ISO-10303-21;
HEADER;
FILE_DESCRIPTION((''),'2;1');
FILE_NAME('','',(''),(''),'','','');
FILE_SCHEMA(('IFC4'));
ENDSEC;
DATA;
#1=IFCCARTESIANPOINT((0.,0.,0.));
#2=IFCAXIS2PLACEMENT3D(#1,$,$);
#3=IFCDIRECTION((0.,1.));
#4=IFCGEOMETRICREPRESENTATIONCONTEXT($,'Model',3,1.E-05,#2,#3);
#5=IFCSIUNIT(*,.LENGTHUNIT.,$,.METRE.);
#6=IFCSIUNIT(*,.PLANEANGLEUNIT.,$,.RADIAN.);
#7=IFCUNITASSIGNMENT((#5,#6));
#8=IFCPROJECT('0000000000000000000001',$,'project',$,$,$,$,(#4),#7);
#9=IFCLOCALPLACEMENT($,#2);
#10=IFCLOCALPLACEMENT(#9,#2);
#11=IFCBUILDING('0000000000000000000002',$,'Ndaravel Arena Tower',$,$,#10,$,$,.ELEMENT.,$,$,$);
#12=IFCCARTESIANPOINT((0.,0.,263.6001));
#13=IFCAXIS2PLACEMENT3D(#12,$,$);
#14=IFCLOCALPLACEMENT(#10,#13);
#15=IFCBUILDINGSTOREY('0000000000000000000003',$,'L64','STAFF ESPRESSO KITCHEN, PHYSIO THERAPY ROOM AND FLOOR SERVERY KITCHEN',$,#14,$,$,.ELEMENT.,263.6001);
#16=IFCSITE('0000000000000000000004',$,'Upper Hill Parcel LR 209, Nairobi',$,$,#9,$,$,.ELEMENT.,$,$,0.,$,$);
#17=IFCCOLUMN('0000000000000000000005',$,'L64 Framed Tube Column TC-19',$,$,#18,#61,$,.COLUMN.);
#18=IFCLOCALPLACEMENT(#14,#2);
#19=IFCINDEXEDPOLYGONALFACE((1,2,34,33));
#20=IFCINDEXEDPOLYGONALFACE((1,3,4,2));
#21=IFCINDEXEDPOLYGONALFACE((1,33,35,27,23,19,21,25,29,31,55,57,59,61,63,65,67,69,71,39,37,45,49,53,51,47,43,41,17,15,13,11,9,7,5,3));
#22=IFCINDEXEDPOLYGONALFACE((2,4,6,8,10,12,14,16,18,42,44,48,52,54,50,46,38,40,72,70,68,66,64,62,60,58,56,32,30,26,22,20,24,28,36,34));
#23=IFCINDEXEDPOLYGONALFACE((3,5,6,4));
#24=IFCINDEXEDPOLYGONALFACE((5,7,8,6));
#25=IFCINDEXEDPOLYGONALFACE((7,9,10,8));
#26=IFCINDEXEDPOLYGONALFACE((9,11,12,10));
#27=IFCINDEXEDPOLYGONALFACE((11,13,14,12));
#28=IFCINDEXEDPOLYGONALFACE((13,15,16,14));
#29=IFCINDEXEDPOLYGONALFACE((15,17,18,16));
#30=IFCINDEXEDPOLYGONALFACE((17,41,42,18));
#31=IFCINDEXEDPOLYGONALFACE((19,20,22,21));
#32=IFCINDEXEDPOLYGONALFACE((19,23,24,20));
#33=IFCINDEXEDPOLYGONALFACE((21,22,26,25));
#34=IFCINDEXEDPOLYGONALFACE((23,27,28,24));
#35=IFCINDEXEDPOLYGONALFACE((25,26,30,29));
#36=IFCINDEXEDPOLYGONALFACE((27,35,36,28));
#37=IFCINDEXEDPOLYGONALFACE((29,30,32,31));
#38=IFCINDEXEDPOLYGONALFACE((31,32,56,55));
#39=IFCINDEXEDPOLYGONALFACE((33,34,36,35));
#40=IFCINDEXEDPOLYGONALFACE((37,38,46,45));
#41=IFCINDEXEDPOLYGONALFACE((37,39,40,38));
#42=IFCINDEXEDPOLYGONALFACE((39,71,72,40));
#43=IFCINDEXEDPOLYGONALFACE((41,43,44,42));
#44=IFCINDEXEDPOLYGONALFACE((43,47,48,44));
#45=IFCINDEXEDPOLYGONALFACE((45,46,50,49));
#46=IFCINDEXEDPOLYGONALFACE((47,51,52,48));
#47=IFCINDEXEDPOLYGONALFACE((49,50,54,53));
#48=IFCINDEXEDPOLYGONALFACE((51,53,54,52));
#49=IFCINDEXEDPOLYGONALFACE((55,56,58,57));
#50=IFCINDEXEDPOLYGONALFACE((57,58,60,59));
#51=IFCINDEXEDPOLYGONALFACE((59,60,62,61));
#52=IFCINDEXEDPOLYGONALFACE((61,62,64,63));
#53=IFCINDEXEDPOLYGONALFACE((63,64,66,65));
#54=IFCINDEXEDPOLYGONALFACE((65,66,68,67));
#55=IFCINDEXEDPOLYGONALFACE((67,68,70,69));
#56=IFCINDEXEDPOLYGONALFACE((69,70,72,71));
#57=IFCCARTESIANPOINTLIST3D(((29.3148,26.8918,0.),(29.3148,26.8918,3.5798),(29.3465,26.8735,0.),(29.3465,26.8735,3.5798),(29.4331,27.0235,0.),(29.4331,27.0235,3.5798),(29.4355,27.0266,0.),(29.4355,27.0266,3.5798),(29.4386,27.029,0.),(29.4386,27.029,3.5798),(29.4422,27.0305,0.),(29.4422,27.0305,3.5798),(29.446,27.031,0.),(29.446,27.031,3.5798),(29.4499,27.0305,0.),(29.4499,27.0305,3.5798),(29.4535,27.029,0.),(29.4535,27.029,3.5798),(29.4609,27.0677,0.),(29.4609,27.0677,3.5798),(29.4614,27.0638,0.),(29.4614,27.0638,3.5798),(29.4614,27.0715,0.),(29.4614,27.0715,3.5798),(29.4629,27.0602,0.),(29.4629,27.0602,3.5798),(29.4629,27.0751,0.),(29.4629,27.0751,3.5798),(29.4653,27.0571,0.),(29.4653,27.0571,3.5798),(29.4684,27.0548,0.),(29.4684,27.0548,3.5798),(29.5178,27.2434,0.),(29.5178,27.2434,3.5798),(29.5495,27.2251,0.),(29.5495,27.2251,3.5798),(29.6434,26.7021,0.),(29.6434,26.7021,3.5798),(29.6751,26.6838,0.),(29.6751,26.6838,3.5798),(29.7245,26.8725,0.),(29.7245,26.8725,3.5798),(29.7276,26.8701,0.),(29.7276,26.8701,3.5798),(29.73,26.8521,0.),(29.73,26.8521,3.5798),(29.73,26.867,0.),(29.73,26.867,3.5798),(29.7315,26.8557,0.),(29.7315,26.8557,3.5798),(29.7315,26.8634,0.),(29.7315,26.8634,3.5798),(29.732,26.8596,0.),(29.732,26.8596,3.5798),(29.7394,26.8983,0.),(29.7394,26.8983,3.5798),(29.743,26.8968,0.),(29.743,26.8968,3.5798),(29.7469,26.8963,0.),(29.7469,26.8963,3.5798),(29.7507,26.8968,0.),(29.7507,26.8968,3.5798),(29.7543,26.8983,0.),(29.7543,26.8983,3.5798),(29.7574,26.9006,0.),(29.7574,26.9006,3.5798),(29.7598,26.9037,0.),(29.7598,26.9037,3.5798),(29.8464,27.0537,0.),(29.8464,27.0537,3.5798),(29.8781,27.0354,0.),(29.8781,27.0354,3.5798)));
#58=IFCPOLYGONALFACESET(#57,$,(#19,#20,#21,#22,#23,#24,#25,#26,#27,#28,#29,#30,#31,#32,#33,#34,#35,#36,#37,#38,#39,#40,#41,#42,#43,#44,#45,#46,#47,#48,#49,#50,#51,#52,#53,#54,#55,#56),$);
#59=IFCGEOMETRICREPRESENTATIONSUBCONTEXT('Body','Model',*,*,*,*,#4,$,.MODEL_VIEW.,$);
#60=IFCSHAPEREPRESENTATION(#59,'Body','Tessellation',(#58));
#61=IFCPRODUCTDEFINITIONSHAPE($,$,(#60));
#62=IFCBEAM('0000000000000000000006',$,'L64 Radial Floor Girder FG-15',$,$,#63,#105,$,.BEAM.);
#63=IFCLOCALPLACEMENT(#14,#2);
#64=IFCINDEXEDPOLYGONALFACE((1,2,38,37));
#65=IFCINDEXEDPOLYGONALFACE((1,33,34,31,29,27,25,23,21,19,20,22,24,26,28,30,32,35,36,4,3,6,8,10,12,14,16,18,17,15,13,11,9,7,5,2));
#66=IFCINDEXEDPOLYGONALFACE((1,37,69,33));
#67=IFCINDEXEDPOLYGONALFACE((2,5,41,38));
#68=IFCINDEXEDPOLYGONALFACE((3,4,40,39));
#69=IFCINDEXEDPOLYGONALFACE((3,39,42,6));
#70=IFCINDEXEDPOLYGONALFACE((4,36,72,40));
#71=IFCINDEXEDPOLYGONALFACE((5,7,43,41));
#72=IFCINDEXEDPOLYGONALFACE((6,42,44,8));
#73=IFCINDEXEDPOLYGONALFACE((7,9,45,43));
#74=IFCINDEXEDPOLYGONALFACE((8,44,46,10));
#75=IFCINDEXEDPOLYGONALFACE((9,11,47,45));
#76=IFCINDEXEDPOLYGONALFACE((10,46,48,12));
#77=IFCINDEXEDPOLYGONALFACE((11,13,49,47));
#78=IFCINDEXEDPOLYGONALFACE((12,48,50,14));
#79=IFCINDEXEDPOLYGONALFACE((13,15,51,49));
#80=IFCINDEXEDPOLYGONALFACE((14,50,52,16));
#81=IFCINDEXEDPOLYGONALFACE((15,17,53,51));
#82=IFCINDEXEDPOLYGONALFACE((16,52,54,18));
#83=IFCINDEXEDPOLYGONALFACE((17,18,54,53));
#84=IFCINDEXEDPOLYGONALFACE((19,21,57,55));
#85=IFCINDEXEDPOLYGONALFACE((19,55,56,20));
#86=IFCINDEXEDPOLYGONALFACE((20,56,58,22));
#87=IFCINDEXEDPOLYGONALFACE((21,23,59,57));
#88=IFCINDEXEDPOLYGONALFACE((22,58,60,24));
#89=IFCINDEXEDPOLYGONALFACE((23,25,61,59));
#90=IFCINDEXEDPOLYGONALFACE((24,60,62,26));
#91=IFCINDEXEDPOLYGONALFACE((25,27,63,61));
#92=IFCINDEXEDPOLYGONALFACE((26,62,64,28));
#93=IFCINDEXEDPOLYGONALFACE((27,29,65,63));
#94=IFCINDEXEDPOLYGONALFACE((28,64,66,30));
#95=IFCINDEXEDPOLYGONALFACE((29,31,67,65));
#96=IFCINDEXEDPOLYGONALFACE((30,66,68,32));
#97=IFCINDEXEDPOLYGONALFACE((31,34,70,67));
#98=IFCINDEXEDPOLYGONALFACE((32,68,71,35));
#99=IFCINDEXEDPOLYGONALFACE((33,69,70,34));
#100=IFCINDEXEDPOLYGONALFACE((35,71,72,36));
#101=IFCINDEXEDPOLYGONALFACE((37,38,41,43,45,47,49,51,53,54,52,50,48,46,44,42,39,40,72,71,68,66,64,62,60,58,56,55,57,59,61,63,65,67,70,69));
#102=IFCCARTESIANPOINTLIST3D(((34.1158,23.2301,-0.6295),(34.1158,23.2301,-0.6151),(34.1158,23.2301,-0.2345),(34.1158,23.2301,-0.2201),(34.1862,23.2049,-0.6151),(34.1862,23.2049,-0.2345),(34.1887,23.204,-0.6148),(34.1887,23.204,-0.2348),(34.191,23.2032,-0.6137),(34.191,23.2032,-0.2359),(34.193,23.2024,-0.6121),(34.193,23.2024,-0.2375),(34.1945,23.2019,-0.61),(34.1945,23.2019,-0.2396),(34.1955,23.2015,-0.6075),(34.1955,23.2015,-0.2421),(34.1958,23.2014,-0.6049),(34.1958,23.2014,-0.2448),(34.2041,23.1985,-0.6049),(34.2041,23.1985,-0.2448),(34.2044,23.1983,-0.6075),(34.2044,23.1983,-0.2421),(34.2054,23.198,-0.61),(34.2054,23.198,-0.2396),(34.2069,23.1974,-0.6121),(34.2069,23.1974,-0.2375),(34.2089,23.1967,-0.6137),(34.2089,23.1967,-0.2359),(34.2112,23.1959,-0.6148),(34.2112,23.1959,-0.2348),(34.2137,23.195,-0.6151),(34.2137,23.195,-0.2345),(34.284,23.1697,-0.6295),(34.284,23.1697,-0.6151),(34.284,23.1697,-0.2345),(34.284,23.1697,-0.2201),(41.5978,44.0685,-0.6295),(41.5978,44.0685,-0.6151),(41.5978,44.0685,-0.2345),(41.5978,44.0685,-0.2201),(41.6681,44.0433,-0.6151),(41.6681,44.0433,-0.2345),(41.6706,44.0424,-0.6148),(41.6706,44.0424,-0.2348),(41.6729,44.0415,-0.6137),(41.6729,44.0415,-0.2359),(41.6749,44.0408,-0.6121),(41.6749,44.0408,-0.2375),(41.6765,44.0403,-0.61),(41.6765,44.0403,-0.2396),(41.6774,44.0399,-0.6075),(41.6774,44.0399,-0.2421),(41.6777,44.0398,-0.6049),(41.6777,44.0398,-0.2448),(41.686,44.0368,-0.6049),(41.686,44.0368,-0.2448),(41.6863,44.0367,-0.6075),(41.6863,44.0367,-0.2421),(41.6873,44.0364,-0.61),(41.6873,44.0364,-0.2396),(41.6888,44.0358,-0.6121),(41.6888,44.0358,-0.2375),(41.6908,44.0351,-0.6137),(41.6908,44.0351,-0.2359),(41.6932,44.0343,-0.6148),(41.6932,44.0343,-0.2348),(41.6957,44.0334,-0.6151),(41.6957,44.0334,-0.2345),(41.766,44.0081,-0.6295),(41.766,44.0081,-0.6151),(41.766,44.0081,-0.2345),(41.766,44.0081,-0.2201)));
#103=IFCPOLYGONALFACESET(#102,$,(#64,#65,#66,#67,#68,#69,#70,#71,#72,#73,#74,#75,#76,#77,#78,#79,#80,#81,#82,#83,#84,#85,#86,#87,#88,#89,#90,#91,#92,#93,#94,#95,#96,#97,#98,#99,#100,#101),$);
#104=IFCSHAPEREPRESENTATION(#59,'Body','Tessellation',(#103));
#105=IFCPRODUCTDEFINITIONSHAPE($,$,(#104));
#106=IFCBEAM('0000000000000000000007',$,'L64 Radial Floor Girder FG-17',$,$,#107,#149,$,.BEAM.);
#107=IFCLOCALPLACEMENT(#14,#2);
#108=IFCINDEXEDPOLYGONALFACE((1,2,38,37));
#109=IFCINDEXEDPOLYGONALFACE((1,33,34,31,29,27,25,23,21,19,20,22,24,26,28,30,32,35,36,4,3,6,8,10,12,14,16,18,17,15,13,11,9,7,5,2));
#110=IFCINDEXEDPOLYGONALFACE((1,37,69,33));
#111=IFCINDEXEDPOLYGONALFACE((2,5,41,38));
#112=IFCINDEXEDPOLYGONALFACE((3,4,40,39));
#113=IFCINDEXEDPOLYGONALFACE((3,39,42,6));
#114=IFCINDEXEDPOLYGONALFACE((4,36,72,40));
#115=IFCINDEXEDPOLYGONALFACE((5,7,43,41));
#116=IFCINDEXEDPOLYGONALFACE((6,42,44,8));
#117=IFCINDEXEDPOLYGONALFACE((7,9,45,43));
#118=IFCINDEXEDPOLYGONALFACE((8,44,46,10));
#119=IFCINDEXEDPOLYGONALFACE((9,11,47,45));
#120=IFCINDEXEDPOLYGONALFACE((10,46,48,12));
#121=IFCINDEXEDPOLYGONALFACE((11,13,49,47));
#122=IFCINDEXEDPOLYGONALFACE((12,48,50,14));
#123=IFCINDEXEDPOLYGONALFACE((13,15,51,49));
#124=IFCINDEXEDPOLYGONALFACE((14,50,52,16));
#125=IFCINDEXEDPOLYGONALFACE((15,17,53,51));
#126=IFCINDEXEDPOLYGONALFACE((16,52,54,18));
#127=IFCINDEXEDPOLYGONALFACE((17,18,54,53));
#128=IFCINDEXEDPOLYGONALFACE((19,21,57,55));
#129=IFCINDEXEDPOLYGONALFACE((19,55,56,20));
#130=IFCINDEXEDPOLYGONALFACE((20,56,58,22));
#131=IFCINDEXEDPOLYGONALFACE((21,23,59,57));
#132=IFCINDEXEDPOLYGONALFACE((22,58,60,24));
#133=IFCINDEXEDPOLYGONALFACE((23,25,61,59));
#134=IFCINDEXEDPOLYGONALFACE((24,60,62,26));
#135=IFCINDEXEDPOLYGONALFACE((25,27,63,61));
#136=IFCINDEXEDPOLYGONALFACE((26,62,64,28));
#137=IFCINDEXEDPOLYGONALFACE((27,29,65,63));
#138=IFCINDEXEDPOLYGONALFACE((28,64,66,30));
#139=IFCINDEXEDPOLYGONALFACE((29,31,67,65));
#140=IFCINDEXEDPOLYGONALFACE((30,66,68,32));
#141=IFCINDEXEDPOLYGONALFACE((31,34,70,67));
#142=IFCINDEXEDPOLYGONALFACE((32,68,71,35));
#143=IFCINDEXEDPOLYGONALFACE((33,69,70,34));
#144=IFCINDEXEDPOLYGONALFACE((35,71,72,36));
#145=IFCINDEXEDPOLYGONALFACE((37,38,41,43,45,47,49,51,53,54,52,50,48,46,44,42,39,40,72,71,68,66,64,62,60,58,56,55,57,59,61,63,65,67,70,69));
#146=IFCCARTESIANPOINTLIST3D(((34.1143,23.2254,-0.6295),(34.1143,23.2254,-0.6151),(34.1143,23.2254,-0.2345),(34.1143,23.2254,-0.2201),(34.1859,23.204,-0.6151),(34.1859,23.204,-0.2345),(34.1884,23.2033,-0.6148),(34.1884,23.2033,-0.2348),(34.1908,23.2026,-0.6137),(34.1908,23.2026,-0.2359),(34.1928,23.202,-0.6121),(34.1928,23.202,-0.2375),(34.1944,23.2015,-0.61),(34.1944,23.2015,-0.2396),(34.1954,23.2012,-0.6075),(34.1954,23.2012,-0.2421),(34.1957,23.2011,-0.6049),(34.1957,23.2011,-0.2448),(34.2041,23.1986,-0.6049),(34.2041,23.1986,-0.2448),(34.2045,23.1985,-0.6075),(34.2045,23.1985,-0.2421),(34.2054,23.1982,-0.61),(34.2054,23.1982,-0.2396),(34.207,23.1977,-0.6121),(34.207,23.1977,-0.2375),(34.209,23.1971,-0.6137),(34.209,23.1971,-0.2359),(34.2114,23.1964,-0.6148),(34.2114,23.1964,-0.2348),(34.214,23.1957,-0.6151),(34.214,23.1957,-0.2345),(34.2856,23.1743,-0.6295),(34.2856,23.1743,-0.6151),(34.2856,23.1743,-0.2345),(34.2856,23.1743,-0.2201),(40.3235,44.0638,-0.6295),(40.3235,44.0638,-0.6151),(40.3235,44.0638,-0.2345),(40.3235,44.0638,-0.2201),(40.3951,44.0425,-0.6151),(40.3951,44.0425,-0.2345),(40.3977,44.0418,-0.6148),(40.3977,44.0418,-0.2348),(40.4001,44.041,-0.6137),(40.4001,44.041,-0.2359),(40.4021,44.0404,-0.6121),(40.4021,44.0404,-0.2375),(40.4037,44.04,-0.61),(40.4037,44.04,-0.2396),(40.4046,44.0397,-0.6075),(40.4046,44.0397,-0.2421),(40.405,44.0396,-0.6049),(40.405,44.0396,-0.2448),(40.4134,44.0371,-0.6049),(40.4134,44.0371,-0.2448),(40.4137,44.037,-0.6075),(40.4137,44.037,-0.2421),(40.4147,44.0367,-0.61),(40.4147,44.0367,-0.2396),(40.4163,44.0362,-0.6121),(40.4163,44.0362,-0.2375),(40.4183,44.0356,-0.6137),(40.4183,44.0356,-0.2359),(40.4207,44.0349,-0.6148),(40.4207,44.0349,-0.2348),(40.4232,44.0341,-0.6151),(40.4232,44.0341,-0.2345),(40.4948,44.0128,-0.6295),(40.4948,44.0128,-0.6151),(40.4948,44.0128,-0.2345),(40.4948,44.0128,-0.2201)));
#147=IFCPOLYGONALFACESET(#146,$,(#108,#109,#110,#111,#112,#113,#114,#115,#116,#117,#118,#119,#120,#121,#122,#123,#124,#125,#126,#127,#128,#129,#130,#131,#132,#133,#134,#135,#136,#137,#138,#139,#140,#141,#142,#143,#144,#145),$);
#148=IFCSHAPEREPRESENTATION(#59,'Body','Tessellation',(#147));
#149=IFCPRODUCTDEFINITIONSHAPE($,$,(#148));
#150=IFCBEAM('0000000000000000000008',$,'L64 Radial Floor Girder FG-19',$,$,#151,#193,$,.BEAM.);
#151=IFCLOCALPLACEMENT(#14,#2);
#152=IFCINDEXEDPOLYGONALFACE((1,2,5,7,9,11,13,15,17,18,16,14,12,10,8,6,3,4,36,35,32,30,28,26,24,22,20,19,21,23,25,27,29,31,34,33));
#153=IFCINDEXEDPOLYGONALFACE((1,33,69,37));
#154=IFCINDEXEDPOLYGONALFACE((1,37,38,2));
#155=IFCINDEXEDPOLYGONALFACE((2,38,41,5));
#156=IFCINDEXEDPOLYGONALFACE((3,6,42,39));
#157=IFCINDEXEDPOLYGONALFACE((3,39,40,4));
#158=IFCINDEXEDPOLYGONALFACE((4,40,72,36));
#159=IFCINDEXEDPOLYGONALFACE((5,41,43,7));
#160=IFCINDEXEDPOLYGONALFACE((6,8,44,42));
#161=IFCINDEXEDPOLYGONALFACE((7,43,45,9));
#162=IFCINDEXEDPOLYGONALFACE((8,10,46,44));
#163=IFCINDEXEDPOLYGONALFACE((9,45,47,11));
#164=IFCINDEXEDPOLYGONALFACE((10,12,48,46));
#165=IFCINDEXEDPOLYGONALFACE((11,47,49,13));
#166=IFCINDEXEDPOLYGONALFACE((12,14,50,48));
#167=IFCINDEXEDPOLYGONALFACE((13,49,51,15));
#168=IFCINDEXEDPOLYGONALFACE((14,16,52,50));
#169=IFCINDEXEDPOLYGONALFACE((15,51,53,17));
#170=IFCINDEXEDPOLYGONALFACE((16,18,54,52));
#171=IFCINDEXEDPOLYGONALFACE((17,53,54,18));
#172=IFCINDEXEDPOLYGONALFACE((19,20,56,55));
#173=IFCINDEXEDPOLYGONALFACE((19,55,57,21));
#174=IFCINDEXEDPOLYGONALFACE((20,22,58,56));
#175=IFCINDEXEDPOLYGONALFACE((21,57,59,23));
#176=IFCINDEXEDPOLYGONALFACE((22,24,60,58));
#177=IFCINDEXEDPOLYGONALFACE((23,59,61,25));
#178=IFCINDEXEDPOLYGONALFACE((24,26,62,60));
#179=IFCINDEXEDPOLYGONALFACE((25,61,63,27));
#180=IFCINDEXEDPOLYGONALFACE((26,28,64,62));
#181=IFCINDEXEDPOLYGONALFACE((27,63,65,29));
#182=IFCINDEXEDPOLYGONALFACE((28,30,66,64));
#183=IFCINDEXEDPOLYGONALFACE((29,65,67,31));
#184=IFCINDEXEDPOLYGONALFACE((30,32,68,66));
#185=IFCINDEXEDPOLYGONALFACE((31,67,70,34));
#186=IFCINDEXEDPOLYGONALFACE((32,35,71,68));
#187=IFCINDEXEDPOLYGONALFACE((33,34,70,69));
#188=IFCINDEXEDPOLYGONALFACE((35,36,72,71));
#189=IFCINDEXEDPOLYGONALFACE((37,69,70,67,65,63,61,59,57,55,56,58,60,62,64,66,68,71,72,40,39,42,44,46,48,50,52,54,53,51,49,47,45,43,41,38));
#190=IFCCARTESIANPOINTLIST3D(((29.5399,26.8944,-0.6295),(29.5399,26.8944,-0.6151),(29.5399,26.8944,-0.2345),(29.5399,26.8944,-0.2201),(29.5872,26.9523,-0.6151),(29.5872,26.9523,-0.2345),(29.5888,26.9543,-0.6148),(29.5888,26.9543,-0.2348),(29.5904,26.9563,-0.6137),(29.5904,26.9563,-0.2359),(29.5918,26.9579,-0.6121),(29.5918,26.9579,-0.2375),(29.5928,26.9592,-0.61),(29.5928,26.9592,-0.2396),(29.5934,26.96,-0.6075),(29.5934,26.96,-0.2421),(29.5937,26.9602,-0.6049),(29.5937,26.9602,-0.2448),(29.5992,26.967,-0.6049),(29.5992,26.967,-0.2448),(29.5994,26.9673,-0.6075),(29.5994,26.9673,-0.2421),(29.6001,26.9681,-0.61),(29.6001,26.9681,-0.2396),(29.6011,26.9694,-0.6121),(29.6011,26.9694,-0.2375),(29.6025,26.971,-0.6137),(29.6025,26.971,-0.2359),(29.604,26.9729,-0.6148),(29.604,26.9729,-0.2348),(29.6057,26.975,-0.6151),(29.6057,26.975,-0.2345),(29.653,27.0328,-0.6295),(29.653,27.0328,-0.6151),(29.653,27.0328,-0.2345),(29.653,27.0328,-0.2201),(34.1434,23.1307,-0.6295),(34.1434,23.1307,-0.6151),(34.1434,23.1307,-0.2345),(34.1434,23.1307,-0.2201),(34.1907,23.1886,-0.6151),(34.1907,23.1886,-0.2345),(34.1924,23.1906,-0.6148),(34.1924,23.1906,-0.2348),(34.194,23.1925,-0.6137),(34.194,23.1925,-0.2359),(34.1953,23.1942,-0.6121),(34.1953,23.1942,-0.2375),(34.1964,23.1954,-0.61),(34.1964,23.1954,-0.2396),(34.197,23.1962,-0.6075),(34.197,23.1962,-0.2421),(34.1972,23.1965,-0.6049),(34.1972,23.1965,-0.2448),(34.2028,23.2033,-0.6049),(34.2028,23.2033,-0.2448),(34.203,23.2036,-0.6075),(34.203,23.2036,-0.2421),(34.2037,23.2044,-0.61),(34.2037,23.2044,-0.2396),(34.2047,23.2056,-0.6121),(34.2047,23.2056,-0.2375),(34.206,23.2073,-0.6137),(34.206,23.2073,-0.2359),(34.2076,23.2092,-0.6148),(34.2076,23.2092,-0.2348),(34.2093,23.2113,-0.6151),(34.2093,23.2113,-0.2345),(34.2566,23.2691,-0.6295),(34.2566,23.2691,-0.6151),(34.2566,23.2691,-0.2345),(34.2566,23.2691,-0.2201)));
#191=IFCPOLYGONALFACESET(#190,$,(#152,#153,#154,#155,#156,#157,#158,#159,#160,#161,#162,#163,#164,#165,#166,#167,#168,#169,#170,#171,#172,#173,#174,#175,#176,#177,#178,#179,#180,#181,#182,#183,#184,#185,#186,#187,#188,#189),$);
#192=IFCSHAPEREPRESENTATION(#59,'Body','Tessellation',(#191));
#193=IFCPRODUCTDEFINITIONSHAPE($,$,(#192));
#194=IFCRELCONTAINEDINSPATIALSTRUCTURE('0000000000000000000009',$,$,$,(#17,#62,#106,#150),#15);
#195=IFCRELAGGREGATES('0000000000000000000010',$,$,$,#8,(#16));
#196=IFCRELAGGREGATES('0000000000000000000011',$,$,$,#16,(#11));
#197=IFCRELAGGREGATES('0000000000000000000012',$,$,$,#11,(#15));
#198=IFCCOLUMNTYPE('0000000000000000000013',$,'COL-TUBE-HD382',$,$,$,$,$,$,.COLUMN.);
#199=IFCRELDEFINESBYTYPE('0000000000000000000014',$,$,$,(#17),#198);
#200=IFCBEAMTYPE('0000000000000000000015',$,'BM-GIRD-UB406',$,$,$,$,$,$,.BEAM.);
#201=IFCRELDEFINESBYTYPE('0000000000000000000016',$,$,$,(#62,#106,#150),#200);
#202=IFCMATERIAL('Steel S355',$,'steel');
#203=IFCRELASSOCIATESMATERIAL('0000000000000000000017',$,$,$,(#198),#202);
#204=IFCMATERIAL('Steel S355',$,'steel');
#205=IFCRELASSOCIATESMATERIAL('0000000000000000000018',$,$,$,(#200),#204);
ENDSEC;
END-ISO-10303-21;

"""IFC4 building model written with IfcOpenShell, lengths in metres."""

from ifc_helpers import new_model, si_unit, direction, frame, origin, origin_2d, place, context, subcontext, project, spatial, i_section, extrude, material, material_profile, profile_set, type_object, element, save


model = new_model("IFC4")

# Units and contexts
model_context = context("Model", 3, precision=1e-05, world=origin(), true_north=direction((0.0, 1.0)))
body_context = subcontext(model_context, "Body", "Model", "MODEL_VIEW")
ifc_project = project(units=[si_unit("LENGTHUNIT", "METRE"), si_unit("PLANEANGLEUNIT", "RADIAN")], contexts=[model_context])

# Site, building, storey
site_placement = place(None, origin())
site = spatial("IfcSite", under=ifc_project, at=site_placement, Name="Upper Hill Parcel LR 209, Nairobi", CompositionType="ELEMENT", RefElevation=0.0)
building_placement = place(site_placement, origin())
building = spatial("IfcBuilding", under=site, at=building_placement, Name="Ndaravel Arena Tower", CompositionType="ELEMENT")
storey_placement = place(building_placement, frame((0.0, 0.0, 263.6001)))
storey = spatial("IfcBuildingStorey", under=building, at=storey_placement, Name="L64", Description="STAFF ESPRESSO KITCHEN, PHYSIO THERAPY ROOM AND FLOOR SERVERY KITCHEN", CompositionType="ELEMENT", Elevation=263.6001)

# Column
ifc_material_1 = material(Name="Steel S355", Category="steel")
ifc_material_profile_1 = material_profile(ifc_material_1, i_section(OverallWidth=0.406, OverallDepth=0.416, WebThickness=0.0298, FlangeThickness=0.0366, FilletRadius=0.0149, at=origin_2d()), Name="HD 400x382")
ifc_profile_set_1 = profile_set([ifc_material_profile_1], Name="Steel S355")
column_type = type_object("IfcColumnType", Name="COL-TUBE-HD382", PredefinedType="COLUMN", material=ifc_profile_set_1)
for number, where, z_axis, x_axis, name in (
    (1, (29.5964, 26.9636, 0.0), (0.0, 0.0, 1.0), (0.5, 0.866025, 0.0), "L64 Framed Tube Column TC-19"),
):
    element("IfcColumn", number, at=place(storey_placement, frame(where, z_axis=z_axis, x_axis=x_axis)), inside=storey, type_object=column_type, Name=name, PredefinedType="COLUMN", context=body_context, shape_type="SweptSolid", body=[
        extrude(i_section(OverallWidth=0.406, OverallDepth=0.416, WebThickness=0.0298, FlangeThickness=0.0366, FilletRadius=0.0149, at=origin_2d()), origin(), (0.0, 0.0, 1.0), 3.5798),
    ])

# Beams
ifc_material_2 = material(Name="Steel S355", Category="steel")
ifc_material_profile_2 = material_profile(ifc_material_2, i_section(OverallWidth=0.1787, OverallDepth=0.4094, WebThickness=0.0088, FlangeThickness=0.0144, FilletRadius=0.0103, at=origin_2d()), Name="UB 406x178x67")
ifc_profile_set_2 = profile_set([ifc_material_profile_2], Name="Steel S355")
beam_type_1 = type_object("IfcBeamType", Name="BM-GIRD-UB406", PredefinedType="BEAM", material=ifc_profile_set_2)
beam_1_placement = place(storey_placement, frame((41.6819, 44.0383, -0.4248), z_axis=(-0.337924, -0.941173, 0.0), x_axis=(0.941173, -0.337924, 0.0)))
element("IfcBeam", 2, at=beam_1_placement, inside=storey, type_object=beam_type_1, Name="L64 Radial Floor Girder FG-15", PredefinedType="BEAM", context=body_context, shape_type="SweptSolid", body=[
    extrude(i_section(OverallWidth=0.1787, OverallDepth=0.4094, WebThickness=0.0088, FlangeThickness=0.0144, FilletRadius=0.0103, at=origin_2d()), origin(), (0.0, 0.0, 1.0), 22.1409),
])
beam_2_placement = place(storey_placement, frame((40.4092, 44.0383, -0.4248), z_axis=(-0.285563, -0.95836, 0.0), x_axis=(0.95836, -0.285563, 0.0)))
element("IfcBeam", 3, at=beam_2_placement, inside=storey, type_object=beam_type_1, Name="L64 Radial Floor Girder FG-17", PredefinedType="BEAM", context=body_context, shape_type="SweptSolid", body=[
    extrude(i_section(OverallWidth=0.1787, OverallDepth=0.4094, WebThickness=0.0088, FlangeThickness=0.0144, FilletRadius=0.0103, at=origin_2d()), origin(), (0.0, 0.0, 1.0), 21.7439),
])
beam_3_placement = place(storey_placement, frame((29.5964, 26.9636, -0.4248), z_axis=(0.774191, -0.632952, 0.0), x_axis=(0.632952, 0.774191, 0.0)))
element("IfcBeam", 4, at=beam_3_placement, inside=storey, type_object=beam_type_1, Name="L64 Radial Floor Girder FG-19", PredefinedType="BEAM", context=body_context, shape_type="SweptSolid", body=[
    extrude(i_section(OverallWidth=0.1787, OverallDepth=0.4094, WebThickness=0.0088, FlangeThickness=0.0144, FilletRadius=0.0103, at=origin_2d()), origin(), (0.0, 0.0, 1.0), 5.9463),
])

save(model, "model.ifc")
